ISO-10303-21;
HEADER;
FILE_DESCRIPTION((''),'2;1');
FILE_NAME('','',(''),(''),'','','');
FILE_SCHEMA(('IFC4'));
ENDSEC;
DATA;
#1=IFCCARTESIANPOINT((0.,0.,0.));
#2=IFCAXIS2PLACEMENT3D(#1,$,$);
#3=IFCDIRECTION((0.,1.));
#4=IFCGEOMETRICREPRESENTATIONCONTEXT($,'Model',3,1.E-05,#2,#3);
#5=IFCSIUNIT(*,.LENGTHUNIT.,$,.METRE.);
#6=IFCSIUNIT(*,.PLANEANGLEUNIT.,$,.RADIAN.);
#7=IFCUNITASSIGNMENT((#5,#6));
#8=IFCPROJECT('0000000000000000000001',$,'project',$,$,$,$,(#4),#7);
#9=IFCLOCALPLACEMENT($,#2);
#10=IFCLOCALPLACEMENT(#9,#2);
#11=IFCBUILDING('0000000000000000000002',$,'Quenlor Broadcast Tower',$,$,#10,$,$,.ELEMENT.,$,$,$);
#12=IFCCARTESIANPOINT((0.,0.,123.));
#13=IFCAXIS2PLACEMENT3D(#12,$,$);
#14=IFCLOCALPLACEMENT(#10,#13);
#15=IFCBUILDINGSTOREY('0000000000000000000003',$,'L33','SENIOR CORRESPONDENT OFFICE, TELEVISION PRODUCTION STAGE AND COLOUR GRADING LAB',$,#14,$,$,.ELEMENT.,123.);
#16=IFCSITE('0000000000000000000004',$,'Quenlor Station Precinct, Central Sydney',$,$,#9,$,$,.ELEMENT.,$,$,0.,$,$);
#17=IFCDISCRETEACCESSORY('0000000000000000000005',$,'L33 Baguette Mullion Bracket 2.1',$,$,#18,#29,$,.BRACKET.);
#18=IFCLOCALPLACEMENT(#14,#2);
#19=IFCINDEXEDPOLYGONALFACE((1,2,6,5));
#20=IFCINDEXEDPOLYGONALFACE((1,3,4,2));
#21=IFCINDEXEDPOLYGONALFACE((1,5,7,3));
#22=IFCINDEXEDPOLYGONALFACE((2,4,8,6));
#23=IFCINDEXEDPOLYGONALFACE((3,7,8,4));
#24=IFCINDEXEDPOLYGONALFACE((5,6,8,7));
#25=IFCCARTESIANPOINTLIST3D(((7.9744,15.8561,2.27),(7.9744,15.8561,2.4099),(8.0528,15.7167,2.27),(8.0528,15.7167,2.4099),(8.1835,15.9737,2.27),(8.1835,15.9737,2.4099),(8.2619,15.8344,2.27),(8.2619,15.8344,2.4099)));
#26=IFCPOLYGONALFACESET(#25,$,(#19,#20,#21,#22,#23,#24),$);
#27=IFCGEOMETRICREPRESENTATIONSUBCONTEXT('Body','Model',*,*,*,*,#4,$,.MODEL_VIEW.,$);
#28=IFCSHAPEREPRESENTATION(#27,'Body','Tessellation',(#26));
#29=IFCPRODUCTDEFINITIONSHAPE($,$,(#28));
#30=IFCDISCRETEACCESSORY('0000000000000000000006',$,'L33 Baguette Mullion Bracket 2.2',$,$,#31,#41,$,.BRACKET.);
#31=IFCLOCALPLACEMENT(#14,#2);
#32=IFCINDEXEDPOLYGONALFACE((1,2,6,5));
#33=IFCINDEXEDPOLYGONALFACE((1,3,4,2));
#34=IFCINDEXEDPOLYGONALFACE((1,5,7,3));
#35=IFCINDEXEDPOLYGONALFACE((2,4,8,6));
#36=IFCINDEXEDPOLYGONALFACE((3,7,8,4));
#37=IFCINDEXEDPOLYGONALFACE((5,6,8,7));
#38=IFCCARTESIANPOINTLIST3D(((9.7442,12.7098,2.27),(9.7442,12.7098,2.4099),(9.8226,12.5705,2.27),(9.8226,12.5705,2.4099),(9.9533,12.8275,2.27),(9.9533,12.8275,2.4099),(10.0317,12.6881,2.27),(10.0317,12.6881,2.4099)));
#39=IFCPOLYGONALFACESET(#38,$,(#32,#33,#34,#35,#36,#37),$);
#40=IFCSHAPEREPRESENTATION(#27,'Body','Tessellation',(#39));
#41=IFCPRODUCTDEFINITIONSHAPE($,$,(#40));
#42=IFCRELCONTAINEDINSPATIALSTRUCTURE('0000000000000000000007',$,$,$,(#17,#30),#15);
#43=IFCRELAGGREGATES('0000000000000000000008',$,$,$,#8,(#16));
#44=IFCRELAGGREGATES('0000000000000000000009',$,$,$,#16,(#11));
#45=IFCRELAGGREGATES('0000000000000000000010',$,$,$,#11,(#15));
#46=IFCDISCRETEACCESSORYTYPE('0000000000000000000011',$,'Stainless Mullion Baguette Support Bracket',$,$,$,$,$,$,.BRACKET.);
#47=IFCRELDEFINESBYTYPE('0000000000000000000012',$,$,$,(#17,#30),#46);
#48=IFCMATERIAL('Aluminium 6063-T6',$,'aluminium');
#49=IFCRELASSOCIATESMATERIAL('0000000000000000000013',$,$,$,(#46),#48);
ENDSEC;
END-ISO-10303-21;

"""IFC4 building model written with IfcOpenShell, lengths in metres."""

from ifc_helpers import new_model, si_unit, direction, frame, origin, origin_2d, place, context, subcontext, project, spatial, rectangle, extrude, material, type_object, element, save


model = new_model("IFC4")

# Units and contexts
model_context = context("Model", 3, precision=1e-05, world=origin(), true_north=direction((0.0, 1.0)))
body_context = subcontext(model_context, "Body", "Model", "MODEL_VIEW")
ifc_project = project(units=[si_unit("LENGTHUNIT", "METRE"), si_unit("PLANEANGLEUNIT", "RADIAN")], contexts=[model_context])

# Site, building, storey
site_placement = place(None, origin())
site = spatial("IfcSite", under=ifc_project, at=site_placement, Name="Quenlor Station Precinct, Central Sydney", CompositionType="ELEMENT", RefElevation=0.0)
building_placement = place(site_placement, origin())
building = spatial("IfcBuilding", under=site, at=building_placement, Name="Quenlor Broadcast Tower", CompositionType="ELEMENT")
storey_placement = place(building_placement, frame((0.0, 0.0, 123.0)))
storey = spatial("IfcBuildingStorey", under=building, at=storey_placement, Name="L33", Description="SENIOR CORRESPONDENT OFFICE, TELEVISION PRODUCTION STAGE AND COLOUR GRADING LAB", CompositionType="ELEMENT", Elevation=123.0)

# Discrete accessories
ifc_material_1 = material(Name="Aluminium 6063-T6", Category="aluminium")
discrete_accessory_type = type_object("IfcDiscreteAccessoryType", Name="Stainless Mullion Baguette Support Bracket", PredefinedType="BRACKET", material=ifc_material_1)
for number, where, z_axis, x_axis, name in (
    (1, (8.1182, 15.8452, 2.27), (0.0, 0.0, 1.0), (0.490265, -0.871573, 0.0), "L33 Baguette Mullion Bracket 2.1"),
    (2, (9.8879, 12.699, 2.27), (0.0, 0.0, 1.0), (0.490265, -0.871573, 0.0), "L33 Baguette Mullion Bracket 2.2"),
):
    element("IfcDiscreteAccessory", number, at=place(storey_placement, frame(where, z_axis=z_axis, x_axis=x_axis)), inside=storey, type_object=discrete_accessory_type, Name=name, PredefinedType="BRACKET", context=body_context, shape_type="SweptSolid", body=[
        extrude(rectangle(XDim=0.1599, YDim=0.24, at=origin_2d()), origin(), (0.0, 0.0, 1.0), 0.1399),
    ])

save(model, "model.ifc")
